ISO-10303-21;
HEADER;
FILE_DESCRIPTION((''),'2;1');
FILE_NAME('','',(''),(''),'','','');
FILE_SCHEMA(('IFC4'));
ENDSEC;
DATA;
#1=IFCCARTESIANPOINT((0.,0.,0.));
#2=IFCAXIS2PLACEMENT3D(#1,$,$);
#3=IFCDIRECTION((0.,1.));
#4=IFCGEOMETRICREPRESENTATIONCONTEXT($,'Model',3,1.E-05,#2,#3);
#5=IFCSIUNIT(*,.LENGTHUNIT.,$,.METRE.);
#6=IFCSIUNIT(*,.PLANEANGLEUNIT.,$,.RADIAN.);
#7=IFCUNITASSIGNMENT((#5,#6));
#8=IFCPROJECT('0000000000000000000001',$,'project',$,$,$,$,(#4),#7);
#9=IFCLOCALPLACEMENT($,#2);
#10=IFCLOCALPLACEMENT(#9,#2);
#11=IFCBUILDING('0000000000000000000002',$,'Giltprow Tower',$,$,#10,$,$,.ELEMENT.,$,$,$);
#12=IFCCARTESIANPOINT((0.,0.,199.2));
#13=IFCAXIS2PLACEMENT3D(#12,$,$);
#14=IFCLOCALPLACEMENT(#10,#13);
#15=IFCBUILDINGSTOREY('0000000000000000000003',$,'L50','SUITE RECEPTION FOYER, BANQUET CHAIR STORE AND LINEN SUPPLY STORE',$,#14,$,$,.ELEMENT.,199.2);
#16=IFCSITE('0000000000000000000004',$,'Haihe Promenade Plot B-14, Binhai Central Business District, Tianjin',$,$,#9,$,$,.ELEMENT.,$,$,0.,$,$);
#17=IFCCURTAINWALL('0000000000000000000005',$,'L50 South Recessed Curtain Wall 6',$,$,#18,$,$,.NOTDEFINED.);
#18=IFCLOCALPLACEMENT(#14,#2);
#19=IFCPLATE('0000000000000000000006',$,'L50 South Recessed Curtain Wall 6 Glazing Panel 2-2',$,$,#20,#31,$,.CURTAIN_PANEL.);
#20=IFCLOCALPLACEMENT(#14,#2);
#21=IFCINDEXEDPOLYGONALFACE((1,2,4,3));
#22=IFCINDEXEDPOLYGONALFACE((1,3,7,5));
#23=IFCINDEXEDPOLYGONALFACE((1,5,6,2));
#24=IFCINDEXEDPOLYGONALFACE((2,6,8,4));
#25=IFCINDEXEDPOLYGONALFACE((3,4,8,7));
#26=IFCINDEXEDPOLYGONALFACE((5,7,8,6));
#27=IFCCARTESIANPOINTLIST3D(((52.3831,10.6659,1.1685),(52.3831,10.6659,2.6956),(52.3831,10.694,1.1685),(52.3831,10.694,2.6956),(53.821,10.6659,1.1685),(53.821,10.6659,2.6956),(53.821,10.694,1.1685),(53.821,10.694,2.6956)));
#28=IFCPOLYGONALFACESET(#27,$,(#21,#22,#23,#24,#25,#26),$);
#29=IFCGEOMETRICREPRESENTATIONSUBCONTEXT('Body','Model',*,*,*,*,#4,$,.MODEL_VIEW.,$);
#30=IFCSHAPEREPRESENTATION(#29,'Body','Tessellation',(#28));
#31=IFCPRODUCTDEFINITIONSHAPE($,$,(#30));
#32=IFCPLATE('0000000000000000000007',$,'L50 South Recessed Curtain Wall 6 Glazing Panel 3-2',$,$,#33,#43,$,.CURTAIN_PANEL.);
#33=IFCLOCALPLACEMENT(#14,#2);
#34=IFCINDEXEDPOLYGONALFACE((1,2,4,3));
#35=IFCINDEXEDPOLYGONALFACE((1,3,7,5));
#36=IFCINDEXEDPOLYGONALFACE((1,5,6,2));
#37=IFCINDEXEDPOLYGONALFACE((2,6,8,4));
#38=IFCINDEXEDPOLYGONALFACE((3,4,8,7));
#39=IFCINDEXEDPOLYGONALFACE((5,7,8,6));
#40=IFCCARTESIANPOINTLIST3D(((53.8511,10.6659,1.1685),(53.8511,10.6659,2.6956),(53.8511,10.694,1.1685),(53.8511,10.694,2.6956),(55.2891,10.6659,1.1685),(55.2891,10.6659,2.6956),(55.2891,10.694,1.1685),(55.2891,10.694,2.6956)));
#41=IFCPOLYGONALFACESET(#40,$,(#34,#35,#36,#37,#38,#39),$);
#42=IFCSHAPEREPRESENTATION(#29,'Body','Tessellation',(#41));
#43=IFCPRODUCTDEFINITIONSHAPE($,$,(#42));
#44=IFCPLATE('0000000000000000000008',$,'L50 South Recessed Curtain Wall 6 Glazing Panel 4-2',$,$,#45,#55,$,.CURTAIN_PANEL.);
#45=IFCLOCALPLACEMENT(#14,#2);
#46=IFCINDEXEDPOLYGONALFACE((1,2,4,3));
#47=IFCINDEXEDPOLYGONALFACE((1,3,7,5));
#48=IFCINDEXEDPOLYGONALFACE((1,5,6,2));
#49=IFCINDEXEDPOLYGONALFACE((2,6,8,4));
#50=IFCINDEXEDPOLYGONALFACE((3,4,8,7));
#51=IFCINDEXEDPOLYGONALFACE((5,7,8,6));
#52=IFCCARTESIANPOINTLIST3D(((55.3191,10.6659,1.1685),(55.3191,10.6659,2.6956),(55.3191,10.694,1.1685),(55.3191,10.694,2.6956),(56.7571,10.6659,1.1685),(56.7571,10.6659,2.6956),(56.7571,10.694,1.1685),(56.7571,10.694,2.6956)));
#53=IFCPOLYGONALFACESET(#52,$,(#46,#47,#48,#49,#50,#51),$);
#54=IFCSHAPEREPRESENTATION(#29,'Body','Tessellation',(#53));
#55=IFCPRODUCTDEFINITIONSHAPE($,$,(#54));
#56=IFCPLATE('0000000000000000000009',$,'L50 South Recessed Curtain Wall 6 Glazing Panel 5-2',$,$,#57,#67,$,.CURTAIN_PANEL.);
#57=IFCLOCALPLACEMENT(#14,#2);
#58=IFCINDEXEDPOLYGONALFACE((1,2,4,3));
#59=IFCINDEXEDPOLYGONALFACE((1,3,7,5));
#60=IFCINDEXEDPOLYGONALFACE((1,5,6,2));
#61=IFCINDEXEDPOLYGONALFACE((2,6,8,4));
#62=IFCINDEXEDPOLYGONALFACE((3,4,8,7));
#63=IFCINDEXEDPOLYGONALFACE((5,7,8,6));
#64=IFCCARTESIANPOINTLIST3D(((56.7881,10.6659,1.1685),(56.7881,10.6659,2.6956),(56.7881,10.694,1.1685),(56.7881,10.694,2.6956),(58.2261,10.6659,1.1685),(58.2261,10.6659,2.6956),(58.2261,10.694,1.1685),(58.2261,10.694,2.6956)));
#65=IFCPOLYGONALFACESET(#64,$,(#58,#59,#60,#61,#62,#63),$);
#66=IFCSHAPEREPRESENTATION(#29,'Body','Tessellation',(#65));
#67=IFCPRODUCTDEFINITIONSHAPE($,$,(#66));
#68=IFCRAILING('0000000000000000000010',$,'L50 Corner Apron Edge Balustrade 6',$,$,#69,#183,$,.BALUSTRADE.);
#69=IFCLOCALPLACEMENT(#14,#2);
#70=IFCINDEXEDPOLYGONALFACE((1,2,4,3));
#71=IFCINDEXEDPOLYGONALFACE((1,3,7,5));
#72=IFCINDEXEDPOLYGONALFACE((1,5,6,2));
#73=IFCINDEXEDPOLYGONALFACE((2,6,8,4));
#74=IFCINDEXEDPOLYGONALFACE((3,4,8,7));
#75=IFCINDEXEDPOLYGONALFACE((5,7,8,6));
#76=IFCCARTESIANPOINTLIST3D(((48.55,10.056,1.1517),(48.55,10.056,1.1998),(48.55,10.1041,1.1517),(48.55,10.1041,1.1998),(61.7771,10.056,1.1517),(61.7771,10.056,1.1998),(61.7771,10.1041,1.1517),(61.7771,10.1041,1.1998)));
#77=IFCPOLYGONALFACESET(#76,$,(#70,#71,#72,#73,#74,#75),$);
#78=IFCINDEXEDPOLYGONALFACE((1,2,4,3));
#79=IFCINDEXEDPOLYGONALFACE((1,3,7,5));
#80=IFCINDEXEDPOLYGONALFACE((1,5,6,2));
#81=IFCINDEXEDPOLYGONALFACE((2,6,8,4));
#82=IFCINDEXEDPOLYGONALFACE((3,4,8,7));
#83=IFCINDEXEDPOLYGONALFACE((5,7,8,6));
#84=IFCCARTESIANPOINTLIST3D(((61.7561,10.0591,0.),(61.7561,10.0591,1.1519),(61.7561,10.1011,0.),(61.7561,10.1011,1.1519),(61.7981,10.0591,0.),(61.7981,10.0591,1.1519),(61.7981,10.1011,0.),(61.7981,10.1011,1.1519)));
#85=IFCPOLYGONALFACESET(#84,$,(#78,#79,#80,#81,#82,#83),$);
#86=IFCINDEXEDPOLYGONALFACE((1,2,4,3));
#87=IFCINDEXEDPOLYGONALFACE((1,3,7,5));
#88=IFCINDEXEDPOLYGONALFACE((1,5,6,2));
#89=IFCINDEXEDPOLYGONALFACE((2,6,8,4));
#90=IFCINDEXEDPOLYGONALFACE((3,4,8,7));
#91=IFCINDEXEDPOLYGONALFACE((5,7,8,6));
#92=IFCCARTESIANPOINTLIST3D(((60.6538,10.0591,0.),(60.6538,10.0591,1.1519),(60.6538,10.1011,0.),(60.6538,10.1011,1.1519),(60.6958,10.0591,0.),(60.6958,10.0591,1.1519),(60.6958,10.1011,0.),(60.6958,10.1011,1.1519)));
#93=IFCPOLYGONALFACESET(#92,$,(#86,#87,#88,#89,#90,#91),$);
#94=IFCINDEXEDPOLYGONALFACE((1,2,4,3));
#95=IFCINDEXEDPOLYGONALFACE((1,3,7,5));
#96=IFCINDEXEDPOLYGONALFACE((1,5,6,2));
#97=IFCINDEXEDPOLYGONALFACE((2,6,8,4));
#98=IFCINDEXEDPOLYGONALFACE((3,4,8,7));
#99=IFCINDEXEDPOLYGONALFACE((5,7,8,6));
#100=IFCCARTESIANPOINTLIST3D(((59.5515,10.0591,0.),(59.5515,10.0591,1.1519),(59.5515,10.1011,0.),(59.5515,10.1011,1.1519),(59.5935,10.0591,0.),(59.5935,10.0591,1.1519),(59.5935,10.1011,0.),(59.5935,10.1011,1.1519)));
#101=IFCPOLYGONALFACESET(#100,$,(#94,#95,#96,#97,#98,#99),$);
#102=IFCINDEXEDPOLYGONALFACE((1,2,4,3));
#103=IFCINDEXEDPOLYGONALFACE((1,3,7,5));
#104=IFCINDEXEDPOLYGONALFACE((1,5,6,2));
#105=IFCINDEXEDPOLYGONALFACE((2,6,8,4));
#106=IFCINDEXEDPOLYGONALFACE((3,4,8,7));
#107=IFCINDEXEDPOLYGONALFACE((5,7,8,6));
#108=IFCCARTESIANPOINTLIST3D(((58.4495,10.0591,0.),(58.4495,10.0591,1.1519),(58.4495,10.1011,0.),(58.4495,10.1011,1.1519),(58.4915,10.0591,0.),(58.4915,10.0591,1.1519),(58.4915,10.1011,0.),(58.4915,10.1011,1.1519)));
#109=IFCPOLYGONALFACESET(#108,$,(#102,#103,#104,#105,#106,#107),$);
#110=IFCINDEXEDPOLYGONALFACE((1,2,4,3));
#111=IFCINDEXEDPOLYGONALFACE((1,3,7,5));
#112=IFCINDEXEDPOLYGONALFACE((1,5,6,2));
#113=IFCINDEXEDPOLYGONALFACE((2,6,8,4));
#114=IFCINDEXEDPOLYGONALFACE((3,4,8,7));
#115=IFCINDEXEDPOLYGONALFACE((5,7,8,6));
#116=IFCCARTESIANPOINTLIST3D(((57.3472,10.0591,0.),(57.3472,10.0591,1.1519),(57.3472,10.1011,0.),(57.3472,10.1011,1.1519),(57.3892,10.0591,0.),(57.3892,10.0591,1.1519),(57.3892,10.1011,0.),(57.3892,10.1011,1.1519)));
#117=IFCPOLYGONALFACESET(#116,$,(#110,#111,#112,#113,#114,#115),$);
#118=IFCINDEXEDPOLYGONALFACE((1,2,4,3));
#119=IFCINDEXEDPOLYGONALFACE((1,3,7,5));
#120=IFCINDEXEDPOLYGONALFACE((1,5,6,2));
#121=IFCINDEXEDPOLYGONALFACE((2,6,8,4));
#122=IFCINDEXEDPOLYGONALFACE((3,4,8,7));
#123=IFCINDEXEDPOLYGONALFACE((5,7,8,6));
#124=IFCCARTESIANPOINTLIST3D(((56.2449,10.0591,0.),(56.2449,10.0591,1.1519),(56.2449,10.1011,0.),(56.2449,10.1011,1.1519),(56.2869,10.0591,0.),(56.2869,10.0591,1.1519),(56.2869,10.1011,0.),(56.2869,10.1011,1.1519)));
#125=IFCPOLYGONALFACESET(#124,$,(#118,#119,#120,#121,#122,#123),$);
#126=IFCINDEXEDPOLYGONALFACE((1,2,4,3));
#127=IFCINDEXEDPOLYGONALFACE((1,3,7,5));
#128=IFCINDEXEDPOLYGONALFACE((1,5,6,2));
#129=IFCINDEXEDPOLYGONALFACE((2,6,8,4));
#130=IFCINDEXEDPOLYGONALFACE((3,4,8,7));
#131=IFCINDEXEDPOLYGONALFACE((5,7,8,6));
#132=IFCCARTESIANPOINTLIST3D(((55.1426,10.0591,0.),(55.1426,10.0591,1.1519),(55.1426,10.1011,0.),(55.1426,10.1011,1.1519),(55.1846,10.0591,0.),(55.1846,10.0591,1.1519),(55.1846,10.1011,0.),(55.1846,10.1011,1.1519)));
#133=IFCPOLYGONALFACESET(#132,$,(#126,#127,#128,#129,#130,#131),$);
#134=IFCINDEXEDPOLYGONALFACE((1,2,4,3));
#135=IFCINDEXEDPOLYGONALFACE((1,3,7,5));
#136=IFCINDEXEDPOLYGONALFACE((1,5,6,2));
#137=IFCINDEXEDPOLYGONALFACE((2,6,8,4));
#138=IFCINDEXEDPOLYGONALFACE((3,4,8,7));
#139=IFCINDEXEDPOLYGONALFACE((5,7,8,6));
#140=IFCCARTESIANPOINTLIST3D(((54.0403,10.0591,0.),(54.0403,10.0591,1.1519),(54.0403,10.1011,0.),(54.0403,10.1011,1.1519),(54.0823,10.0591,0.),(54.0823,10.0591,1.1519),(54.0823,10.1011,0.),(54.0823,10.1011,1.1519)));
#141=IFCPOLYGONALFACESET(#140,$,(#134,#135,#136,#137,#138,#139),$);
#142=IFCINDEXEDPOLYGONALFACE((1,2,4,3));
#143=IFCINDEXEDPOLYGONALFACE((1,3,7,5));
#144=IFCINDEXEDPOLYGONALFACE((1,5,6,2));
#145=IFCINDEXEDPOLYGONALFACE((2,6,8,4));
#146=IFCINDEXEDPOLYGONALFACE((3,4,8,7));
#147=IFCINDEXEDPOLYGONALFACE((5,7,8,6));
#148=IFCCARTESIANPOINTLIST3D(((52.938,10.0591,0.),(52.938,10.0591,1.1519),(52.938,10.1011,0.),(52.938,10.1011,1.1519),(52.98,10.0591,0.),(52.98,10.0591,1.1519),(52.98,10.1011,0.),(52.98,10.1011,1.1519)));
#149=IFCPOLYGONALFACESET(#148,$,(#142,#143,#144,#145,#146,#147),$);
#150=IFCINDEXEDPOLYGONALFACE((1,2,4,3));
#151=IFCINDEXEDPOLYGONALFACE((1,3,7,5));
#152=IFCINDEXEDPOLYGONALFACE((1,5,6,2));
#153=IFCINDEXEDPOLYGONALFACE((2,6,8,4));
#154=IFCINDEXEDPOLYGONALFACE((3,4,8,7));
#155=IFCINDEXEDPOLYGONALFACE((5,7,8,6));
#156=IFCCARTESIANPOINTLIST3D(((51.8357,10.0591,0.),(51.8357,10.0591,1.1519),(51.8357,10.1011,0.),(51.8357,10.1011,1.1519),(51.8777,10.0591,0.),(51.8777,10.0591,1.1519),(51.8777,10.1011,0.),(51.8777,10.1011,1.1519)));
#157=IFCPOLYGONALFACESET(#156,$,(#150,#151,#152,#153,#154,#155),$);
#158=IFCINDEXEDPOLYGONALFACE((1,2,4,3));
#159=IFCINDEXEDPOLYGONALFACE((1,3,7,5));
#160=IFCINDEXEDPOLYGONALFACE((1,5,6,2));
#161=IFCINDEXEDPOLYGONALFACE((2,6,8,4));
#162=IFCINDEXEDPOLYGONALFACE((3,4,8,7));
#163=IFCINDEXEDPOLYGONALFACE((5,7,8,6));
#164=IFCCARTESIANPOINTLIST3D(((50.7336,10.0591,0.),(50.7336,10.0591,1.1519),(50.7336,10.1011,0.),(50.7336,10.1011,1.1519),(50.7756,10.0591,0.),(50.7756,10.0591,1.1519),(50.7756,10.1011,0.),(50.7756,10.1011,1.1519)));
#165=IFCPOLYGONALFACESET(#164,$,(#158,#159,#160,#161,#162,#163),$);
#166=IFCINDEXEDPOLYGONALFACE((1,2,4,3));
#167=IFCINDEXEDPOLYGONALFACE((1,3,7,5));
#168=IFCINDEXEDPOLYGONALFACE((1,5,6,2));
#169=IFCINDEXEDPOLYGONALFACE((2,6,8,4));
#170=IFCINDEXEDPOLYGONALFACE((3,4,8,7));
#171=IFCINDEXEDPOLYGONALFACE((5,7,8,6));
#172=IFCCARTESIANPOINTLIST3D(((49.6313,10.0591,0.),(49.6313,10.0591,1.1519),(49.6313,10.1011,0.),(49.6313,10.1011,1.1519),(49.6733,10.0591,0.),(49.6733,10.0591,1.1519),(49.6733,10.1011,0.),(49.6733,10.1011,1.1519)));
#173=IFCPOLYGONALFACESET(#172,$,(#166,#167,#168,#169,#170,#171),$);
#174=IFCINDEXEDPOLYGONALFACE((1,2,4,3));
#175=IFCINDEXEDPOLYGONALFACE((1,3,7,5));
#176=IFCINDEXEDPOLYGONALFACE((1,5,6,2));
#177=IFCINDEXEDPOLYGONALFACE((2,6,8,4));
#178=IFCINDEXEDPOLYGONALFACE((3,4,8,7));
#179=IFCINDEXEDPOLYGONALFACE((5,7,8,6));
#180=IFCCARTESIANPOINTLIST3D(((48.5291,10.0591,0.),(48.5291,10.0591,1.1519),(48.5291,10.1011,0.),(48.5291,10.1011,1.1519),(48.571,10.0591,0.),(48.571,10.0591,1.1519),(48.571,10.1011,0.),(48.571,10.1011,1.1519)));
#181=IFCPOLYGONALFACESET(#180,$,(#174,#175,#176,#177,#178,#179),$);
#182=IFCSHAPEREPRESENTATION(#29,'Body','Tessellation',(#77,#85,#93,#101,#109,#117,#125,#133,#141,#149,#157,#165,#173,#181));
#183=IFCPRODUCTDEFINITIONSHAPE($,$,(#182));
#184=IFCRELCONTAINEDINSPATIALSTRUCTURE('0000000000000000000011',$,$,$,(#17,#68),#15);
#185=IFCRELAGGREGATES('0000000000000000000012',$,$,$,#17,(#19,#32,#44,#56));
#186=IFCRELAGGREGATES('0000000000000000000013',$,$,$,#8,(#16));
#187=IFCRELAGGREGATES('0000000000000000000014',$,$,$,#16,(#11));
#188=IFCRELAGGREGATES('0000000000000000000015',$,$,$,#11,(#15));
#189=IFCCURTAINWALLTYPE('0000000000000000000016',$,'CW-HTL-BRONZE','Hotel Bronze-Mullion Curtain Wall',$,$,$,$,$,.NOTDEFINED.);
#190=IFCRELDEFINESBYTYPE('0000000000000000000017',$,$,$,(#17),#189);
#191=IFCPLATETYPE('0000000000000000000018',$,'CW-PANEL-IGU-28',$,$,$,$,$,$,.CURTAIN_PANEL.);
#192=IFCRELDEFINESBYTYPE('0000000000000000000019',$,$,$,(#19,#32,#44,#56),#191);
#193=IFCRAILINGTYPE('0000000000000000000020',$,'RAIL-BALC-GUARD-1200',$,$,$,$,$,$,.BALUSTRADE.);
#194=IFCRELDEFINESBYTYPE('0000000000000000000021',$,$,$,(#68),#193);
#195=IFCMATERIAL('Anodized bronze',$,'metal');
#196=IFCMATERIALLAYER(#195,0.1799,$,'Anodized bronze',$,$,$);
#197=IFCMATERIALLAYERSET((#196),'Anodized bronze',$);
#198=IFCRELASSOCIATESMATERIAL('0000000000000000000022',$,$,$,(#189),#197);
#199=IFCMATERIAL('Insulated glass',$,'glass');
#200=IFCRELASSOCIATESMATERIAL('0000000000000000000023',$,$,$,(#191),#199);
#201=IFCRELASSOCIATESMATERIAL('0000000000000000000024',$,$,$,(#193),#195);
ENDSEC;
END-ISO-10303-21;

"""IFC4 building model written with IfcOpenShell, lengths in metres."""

from ifc_helpers import new_model, si_unit, direction, frame, origin, origin_2d, place, context, subcontext, project, spatial, rectangle, extrude, source, transform, mapped, material, layer, layer_set, type_object, element, aggregate, save


model = new_model("IFC4")

# Units and contexts
model_context = context("Model", 3, precision=1e-05, world=origin(), true_north=direction((0.0, 1.0)))
body_context = subcontext(model_context, "Body", "Model", "MODEL_VIEW")
ifc_project = project(units=[si_unit("LENGTHUNIT", "METRE"), si_unit("PLANEANGLEUNIT", "RADIAN")], contexts=[model_context])

# Site, building, storey
site_placement = place(None, origin())
site = spatial("IfcSite", under=ifc_project, at=site_placement, Name="Haihe Promenade Plot B-14, Binhai Central Business District, Tianjin", CompositionType="ELEMENT", RefElevation=0.0)
building_placement = place(site_placement, origin())
building = spatial("IfcBuilding", under=site, at=building_placement, Name="Giltprow Tower", CompositionType="ELEMENT")
storey_placement = place(building_placement, frame((0.0, 0.0, 199.2)))
storey = spatial("IfcBuildingStorey", under=building, at=storey_placement, Name="L50", Description="SUITE RECEPTION FOYER, BANQUET CHAIR STORE AND LINEN SUPPLY STORE", CompositionType="ELEMENT", Elevation=199.2)

# Curtain wall, plates
ifc_material_1 = material(Name="Anodized bronze", Category="metal")
ifc_layer = layer(ifc_material_1, 0.1799, Name="Anodized bronze")
ifc_layer_set = layer_set([ifc_layer], Name="Anodized bronze")
curtain_wall_type = type_object("IfcCurtainWallType", Name="CW-HTL-BRONZE", Description="Hotel Bronze-Mullion Curtain Wall", PredefinedType="NOTDEFINED", material=ifc_layer_set)
curtain_wall_placement = place(storey_placement, origin())
curtain_wall = element("IfcCurtainWall", 1, at=curtain_wall_placement, inside=storey, type_object=curtain_wall_type, Name="L50 South Recessed Curtain Wall 6", PredefinedType="NOTDEFINED")
ifc_material_2 = material(Name="Insulated glass", Category="glass")
plate_type = type_object("IfcPlateType", Name="CW-PANEL-IGU-28", PredefinedType="CURTAIN_PANEL", material=ifc_material_2)
shared_shape_1 = source(origin(), body_context, "Body", "SweptSolid", [
    extrude(rectangle(XDim=1.438, YDim=0.0281, at=origin_2d()), origin(), (0.0, 0.0, 1.0), 1.5271),
])
plate_1_placement = place(storey_placement, frame((53.1021, 10.6799, 1.1685), z_axis=(0.0, 0.0, 1.0), x_axis=(1.0, 0.0, 0.0)))
plate_1 = element("IfcPlate", 2, at=plate_1_placement, type_object=plate_type, Name="L50 South Recessed Curtain Wall 6 Glazing Panel 2-2", PredefinedType="CURTAIN_PANEL", context=body_context, shape_type="MappedRepresentation", body=[
    mapped(shared_shape_1, transform((0.0, 0.0, 0.0), x_axis=(1.0, 0.0, 0.0), y_axis=(0.0, 1.0, 0.0), z_axis=(0.0, 0.0, 1.0), scale=1.0)),
])
plate_2_placement = place(storey_placement, frame((54.5701, 10.6799, 1.1685), z_axis=(0.0, 0.0, 1.0), x_axis=(1.0, 0.0, 0.0)))
plate_2 = element("IfcPlate", 3, at=plate_2_placement, type_object=plate_type, Name="L50 South Recessed Curtain Wall 6 Glazing Panel 3-2", PredefinedType="CURTAIN_PANEL", context=body_context, shape_type="MappedRepresentation", body=[
    mapped(shared_shape_1, transform((0.0, 0.0, 0.0), x_axis=(1.0, 0.0, 0.0), y_axis=(0.0, 1.0, 0.0), z_axis=(0.0, 0.0, 1.0), scale=1.0)),
])
plate_3_placement = place(storey_placement, frame((56.0381, 10.6799, 1.1685), z_axis=(0.0, 0.0, 1.0), x_axis=(1.0, 0.0, 0.0)))
plate_3 = element("IfcPlate", 4, at=plate_3_placement, type_object=plate_type, Name="L50 South Recessed Curtain Wall 6 Glazing Panel 4-2", PredefinedType="CURTAIN_PANEL", context=body_context, shape_type="MappedRepresentation", body=[
    mapped(shared_shape_1, transform((0.0, 0.0, 0.0), x_axis=(1.0, 0.0, 0.0), y_axis=(0.0, 1.0, 0.0), z_axis=(0.0, 0.0, 1.0), scale=1.0)),
])
plate_4_placement = place(storey_placement, frame((57.5071, 10.6799, 1.1685), z_axis=(0.0, 0.0, 1.0), x_axis=(1.0, 0.0, 0.0)))
plate_4 = element("IfcPlate", 5, at=plate_4_placement, type_object=plate_type, Name="L50 South Recessed Curtain Wall 6 Glazing Panel 5-2", PredefinedType="CURTAIN_PANEL", context=body_context, shape_type="MappedRepresentation", body=[
    mapped(shared_shape_1, transform((0.0, 0.0, 0.0), x_axis=(1.0, 0.0, 0.0), y_axis=(0.0, 1.0, 0.0), z_axis=(0.0, 0.0, 1.0), scale=1.0)),
])
aggregate(curtain_wall, [plate_1, plate_2, plate_3, plate_4])

# Railing
railing_type = type_object("IfcRailingType", Name="RAIL-BALC-GUARD-1200", PredefinedType="BALUSTRADE", material=ifc_material_1)
railing_placement = place(storey_placement, frame((61.7771, 10.0801, 0.0)))
element("IfcRailing", 6, at=railing_placement, inside=storey, type_object=railing_type, Name="L50 Corner Apron Edge Balustrade 6", PredefinedType="BALUSTRADE", context=body_context, shape_type="SweptSolid", body=[
    extrude(rectangle(XDim=0.0481, YDim=0.0481, at=origin_2d()), frame((0.0, 0.0, 1.1758), z_axis=(-1.0, 0.0, 0.0), x_axis=(0.0, -1.0, 0.0)), (0.0, 0.0, 1.0), 13.2271),
    extrude(rectangle(XDim=0.042, YDim=0.042, at=origin_2d()), origin(), (0.0, 0.0, 1.0), 1.1519),
    extrude(rectangle(XDim=0.042, YDim=0.042, at=origin_2d()), frame((-1.1023, 0.0, 0.0)), (0.0, 0.0, 1.0), 1.1519),
    extrude(rectangle(XDim=0.042, YDim=0.042, at=origin_2d()), frame((-2.2046, 0.0, 0.0)), (0.0, 0.0, 1.0), 1.1519),
    extrude(rectangle(XDim=0.042, YDim=0.042, at=origin_2d()), frame((-3.3066, 0.0, 0.0)), (0.0, 0.0, 1.0), 1.1519),
    extrude(rectangle(XDim=0.042, YDim=0.042, at=origin_2d()), frame((-4.4089, 0.0, 0.0)), (0.0, 0.0, 1.0), 1.1519),
    extrude(rectangle(XDim=0.042, YDim=0.042, at=origin_2d()), frame((-5.5112, 0.0, 0.0)), (0.0, 0.0, 1.0), 1.1519),
    extrude(rectangle(XDim=0.042, YDim=0.042, at=origin_2d()), frame((-6.6135, 0.0, 0.0)), (0.0, 0.0, 1.0), 1.1519),
    extrude(rectangle(XDim=0.042, YDim=0.042, at=origin_2d()), frame((-7.7158, 0.0, 0.0)), (0.0, 0.0, 1.0), 1.1519),
    extrude(rectangle(XDim=0.042, YDim=0.042, at=origin_2d()), frame((-8.8181, 0.0, 0.0)), (0.0, 0.0, 1.0), 1.1519),
    extrude(rectangle(XDim=0.042, YDim=0.042, at=origin_2d()), frame((-9.9204, 0.0, 0.0)), (0.0, 0.0, 1.0), 1.1519),
    extrude(rectangle(XDim=0.042, YDim=0.042, at=origin_2d()), frame((-11.0225, 0.0, 0.0)), (0.0, 0.0, 1.0), 1.1519),
    extrude(rectangle(XDim=0.042, YDim=0.042, at=origin_2d()), frame((-12.1248, 0.0, 0.0)), (0.0, 0.0, 1.0), 1.1519),
    extrude(rectangle(XDim=0.042, YDim=0.042, at=origin_2d()), frame((-13.2271, 0.0, 0.0)), (0.0, 0.0, 1.0), 1.1519),
])

save(model, "model.ifc")
